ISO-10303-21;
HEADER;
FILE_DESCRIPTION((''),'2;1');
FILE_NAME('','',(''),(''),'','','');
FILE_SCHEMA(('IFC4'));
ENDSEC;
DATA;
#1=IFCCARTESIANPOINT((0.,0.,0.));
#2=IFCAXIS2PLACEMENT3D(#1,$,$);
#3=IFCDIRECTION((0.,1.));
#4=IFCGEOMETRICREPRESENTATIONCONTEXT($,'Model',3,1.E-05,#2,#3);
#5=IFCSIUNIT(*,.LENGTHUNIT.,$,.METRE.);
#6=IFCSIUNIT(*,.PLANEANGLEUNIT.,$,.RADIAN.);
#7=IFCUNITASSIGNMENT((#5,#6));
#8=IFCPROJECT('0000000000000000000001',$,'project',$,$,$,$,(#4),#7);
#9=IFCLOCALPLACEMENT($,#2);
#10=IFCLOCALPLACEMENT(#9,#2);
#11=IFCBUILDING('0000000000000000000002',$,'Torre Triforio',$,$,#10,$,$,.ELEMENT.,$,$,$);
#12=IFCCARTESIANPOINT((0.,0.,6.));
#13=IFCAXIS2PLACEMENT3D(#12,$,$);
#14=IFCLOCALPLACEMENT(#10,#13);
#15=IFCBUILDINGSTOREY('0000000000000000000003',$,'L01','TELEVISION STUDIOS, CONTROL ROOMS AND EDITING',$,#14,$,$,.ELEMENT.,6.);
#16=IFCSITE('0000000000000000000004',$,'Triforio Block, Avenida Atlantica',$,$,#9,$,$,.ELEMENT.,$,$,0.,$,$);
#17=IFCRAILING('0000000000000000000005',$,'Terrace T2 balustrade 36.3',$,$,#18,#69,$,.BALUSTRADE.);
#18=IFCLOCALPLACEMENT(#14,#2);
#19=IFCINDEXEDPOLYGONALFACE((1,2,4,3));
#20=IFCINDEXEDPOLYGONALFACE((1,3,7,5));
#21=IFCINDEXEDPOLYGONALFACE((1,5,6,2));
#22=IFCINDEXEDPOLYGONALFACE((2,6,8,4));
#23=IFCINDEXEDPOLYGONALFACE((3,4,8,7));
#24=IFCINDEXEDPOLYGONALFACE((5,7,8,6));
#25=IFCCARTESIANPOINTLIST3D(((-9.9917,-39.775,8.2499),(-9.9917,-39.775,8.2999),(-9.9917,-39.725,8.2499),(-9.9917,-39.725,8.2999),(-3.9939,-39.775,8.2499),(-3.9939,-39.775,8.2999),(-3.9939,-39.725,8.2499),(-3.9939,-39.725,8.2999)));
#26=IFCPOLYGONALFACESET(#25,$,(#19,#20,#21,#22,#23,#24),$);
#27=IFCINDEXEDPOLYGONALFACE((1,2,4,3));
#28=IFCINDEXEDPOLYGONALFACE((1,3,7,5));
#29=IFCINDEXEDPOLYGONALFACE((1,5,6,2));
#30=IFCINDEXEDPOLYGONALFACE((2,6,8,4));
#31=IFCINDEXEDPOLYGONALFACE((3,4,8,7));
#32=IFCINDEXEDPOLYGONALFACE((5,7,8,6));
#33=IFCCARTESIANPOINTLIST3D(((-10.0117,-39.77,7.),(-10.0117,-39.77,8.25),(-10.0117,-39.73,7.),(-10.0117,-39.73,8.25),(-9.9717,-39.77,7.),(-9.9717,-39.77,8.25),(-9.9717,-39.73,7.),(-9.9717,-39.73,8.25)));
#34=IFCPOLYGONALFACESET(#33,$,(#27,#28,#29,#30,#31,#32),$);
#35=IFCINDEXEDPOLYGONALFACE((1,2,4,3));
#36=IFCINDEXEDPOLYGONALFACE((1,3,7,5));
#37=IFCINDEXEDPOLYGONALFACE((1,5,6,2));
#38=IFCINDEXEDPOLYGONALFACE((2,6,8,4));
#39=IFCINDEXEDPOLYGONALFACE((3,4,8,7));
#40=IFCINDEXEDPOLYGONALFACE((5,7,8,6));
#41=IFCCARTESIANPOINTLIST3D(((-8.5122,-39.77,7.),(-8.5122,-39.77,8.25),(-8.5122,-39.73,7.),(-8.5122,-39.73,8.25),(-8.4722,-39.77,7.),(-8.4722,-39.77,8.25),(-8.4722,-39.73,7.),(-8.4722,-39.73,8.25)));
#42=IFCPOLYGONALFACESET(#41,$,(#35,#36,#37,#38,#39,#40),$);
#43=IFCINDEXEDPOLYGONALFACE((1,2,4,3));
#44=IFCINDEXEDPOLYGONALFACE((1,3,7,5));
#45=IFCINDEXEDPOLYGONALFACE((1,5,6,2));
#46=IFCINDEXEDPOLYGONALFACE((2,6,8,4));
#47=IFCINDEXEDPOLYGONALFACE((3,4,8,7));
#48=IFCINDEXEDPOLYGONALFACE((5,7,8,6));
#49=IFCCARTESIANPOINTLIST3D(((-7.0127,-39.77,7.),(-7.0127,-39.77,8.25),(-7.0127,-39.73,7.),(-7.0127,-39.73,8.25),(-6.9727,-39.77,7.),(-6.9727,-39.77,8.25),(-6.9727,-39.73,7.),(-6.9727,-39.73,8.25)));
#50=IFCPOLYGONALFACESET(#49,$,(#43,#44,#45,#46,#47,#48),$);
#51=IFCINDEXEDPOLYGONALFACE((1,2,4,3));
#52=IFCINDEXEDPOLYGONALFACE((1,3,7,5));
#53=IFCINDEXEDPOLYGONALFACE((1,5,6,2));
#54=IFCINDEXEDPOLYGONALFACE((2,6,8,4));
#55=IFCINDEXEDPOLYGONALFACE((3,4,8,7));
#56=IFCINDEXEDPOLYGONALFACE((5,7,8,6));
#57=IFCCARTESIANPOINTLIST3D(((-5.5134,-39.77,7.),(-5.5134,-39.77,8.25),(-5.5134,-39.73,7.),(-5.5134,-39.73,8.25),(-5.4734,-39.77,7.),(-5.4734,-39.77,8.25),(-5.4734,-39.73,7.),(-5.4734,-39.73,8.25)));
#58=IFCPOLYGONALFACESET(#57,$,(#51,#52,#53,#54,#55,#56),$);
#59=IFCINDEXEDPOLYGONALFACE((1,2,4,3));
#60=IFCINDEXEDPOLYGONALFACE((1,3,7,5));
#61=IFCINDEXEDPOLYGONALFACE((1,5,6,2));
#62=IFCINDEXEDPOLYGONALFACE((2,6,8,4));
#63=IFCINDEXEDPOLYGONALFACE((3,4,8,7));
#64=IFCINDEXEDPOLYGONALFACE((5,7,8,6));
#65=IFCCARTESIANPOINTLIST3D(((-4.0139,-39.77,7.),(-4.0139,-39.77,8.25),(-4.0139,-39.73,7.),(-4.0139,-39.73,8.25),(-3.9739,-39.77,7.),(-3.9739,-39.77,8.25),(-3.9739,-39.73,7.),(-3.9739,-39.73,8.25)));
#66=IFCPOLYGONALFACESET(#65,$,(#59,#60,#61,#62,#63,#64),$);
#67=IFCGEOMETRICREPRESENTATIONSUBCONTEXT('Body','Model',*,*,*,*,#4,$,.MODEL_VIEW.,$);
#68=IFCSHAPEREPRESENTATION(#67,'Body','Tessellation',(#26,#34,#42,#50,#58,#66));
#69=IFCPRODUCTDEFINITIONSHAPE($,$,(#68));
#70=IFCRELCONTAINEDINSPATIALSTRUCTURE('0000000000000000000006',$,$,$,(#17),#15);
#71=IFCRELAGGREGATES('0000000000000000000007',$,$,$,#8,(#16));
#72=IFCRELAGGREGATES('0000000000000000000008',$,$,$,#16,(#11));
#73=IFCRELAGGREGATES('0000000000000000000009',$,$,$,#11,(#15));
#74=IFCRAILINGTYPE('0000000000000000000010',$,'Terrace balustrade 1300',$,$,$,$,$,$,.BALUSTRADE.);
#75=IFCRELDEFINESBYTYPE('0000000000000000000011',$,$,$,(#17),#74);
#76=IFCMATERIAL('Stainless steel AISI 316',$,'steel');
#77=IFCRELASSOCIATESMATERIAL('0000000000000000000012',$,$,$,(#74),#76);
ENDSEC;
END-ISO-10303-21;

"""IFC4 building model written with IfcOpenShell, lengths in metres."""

from ifc_helpers import new_model, si_unit, direction, frame, origin, origin_2d, place, context, subcontext, project, spatial, rectangle, extrude, material, type_object, element, save


model = new_model("IFC4")

# Units and contexts
model_context = context("Model", 3, precision=1e-05, world=origin(), true_north=direction((0.0, 1.0)))
body_context = subcontext(model_context, "Body", "Model", "MODEL_VIEW")
ifc_project = project(units=[si_unit("LENGTHUNIT", "METRE"), si_unit("PLANEANGLEUNIT", "RADIAN")], contexts=[model_context])

# Site, building, storey
site_placement = place(None, origin())
site = spatial("IfcSite", under=ifc_project, at=site_placement, Name="Triforio Block, Avenida Atlantica", CompositionType="ELEMENT", RefElevation=0.0)
building_placement = place(site_placement, origin())
building = spatial("IfcBuilding", under=site, at=building_placement, Name="Torre Triforio", CompositionType="ELEMENT")
storey_placement = place(building_placement, frame((0.0, 0.0, 6.0)))
storey = spatial("IfcBuildingStorey", under=building, at=storey_placement, Name="L01", Description="TELEVISION STUDIOS, CONTROL ROOMS AND EDITING", CompositionType="ELEMENT", Elevation=6.0)

# Railing
ifc_material_1 = material(Name="Stainless steel AISI 316", Category="steel")
railing_type = type_object("IfcRailingType", Name="Terrace balustrade 1300", PredefinedType="BALUSTRADE", material=ifc_material_1)
railing_placement = place(storey_placement, frame((-9.9917, -39.75, 7.0)))
element("IfcRailing", 1, at=railing_placement, inside=storey, type_object=railing_type, Name="Terrace T2 balustrade 36.3", PredefinedType="BALUSTRADE", context=body_context, shape_type="SweptSolid", body=[
    extrude(rectangle(XDim=0.05, YDim=0.05, at=origin_2d()), frame((0.0, 0.0, 1.2749), z_axis=(1.0, 0.0, 0.0), x_axis=(0.0, 1.0, 0.0)), (0.0, 0.0, 1.0), 5.9978),
    extrude(rectangle(XDim=0.04, YDim=0.04, at=origin_2d()), origin(), (0.0, 0.0, 1.0), 1.25),
    extrude(rectangle(XDim=0.04, YDim=0.04, at=origin_2d()), frame((1.4995, 0.0, 0.0)), (0.0, 0.0, 1.0), 1.25),
    extrude(rectangle(XDim=0.04, YDim=0.04, at=origin_2d()), frame((2.999, 0.0, 0.0)), (0.0, 0.0, 1.0), 1.25),
    extrude(rectangle(XDim=0.04, YDim=0.04, at=origin_2d()), frame((4.4983, 0.0, 0.0)), (0.0, 0.0, 1.0), 1.25),
    extrude(rectangle(XDim=0.04, YDim=0.04, at=origin_2d()), frame((5.9978, 0.0, 0.0)), (0.0, 0.0, 1.0), 1.25),
])

save(model, "model.ifc")
